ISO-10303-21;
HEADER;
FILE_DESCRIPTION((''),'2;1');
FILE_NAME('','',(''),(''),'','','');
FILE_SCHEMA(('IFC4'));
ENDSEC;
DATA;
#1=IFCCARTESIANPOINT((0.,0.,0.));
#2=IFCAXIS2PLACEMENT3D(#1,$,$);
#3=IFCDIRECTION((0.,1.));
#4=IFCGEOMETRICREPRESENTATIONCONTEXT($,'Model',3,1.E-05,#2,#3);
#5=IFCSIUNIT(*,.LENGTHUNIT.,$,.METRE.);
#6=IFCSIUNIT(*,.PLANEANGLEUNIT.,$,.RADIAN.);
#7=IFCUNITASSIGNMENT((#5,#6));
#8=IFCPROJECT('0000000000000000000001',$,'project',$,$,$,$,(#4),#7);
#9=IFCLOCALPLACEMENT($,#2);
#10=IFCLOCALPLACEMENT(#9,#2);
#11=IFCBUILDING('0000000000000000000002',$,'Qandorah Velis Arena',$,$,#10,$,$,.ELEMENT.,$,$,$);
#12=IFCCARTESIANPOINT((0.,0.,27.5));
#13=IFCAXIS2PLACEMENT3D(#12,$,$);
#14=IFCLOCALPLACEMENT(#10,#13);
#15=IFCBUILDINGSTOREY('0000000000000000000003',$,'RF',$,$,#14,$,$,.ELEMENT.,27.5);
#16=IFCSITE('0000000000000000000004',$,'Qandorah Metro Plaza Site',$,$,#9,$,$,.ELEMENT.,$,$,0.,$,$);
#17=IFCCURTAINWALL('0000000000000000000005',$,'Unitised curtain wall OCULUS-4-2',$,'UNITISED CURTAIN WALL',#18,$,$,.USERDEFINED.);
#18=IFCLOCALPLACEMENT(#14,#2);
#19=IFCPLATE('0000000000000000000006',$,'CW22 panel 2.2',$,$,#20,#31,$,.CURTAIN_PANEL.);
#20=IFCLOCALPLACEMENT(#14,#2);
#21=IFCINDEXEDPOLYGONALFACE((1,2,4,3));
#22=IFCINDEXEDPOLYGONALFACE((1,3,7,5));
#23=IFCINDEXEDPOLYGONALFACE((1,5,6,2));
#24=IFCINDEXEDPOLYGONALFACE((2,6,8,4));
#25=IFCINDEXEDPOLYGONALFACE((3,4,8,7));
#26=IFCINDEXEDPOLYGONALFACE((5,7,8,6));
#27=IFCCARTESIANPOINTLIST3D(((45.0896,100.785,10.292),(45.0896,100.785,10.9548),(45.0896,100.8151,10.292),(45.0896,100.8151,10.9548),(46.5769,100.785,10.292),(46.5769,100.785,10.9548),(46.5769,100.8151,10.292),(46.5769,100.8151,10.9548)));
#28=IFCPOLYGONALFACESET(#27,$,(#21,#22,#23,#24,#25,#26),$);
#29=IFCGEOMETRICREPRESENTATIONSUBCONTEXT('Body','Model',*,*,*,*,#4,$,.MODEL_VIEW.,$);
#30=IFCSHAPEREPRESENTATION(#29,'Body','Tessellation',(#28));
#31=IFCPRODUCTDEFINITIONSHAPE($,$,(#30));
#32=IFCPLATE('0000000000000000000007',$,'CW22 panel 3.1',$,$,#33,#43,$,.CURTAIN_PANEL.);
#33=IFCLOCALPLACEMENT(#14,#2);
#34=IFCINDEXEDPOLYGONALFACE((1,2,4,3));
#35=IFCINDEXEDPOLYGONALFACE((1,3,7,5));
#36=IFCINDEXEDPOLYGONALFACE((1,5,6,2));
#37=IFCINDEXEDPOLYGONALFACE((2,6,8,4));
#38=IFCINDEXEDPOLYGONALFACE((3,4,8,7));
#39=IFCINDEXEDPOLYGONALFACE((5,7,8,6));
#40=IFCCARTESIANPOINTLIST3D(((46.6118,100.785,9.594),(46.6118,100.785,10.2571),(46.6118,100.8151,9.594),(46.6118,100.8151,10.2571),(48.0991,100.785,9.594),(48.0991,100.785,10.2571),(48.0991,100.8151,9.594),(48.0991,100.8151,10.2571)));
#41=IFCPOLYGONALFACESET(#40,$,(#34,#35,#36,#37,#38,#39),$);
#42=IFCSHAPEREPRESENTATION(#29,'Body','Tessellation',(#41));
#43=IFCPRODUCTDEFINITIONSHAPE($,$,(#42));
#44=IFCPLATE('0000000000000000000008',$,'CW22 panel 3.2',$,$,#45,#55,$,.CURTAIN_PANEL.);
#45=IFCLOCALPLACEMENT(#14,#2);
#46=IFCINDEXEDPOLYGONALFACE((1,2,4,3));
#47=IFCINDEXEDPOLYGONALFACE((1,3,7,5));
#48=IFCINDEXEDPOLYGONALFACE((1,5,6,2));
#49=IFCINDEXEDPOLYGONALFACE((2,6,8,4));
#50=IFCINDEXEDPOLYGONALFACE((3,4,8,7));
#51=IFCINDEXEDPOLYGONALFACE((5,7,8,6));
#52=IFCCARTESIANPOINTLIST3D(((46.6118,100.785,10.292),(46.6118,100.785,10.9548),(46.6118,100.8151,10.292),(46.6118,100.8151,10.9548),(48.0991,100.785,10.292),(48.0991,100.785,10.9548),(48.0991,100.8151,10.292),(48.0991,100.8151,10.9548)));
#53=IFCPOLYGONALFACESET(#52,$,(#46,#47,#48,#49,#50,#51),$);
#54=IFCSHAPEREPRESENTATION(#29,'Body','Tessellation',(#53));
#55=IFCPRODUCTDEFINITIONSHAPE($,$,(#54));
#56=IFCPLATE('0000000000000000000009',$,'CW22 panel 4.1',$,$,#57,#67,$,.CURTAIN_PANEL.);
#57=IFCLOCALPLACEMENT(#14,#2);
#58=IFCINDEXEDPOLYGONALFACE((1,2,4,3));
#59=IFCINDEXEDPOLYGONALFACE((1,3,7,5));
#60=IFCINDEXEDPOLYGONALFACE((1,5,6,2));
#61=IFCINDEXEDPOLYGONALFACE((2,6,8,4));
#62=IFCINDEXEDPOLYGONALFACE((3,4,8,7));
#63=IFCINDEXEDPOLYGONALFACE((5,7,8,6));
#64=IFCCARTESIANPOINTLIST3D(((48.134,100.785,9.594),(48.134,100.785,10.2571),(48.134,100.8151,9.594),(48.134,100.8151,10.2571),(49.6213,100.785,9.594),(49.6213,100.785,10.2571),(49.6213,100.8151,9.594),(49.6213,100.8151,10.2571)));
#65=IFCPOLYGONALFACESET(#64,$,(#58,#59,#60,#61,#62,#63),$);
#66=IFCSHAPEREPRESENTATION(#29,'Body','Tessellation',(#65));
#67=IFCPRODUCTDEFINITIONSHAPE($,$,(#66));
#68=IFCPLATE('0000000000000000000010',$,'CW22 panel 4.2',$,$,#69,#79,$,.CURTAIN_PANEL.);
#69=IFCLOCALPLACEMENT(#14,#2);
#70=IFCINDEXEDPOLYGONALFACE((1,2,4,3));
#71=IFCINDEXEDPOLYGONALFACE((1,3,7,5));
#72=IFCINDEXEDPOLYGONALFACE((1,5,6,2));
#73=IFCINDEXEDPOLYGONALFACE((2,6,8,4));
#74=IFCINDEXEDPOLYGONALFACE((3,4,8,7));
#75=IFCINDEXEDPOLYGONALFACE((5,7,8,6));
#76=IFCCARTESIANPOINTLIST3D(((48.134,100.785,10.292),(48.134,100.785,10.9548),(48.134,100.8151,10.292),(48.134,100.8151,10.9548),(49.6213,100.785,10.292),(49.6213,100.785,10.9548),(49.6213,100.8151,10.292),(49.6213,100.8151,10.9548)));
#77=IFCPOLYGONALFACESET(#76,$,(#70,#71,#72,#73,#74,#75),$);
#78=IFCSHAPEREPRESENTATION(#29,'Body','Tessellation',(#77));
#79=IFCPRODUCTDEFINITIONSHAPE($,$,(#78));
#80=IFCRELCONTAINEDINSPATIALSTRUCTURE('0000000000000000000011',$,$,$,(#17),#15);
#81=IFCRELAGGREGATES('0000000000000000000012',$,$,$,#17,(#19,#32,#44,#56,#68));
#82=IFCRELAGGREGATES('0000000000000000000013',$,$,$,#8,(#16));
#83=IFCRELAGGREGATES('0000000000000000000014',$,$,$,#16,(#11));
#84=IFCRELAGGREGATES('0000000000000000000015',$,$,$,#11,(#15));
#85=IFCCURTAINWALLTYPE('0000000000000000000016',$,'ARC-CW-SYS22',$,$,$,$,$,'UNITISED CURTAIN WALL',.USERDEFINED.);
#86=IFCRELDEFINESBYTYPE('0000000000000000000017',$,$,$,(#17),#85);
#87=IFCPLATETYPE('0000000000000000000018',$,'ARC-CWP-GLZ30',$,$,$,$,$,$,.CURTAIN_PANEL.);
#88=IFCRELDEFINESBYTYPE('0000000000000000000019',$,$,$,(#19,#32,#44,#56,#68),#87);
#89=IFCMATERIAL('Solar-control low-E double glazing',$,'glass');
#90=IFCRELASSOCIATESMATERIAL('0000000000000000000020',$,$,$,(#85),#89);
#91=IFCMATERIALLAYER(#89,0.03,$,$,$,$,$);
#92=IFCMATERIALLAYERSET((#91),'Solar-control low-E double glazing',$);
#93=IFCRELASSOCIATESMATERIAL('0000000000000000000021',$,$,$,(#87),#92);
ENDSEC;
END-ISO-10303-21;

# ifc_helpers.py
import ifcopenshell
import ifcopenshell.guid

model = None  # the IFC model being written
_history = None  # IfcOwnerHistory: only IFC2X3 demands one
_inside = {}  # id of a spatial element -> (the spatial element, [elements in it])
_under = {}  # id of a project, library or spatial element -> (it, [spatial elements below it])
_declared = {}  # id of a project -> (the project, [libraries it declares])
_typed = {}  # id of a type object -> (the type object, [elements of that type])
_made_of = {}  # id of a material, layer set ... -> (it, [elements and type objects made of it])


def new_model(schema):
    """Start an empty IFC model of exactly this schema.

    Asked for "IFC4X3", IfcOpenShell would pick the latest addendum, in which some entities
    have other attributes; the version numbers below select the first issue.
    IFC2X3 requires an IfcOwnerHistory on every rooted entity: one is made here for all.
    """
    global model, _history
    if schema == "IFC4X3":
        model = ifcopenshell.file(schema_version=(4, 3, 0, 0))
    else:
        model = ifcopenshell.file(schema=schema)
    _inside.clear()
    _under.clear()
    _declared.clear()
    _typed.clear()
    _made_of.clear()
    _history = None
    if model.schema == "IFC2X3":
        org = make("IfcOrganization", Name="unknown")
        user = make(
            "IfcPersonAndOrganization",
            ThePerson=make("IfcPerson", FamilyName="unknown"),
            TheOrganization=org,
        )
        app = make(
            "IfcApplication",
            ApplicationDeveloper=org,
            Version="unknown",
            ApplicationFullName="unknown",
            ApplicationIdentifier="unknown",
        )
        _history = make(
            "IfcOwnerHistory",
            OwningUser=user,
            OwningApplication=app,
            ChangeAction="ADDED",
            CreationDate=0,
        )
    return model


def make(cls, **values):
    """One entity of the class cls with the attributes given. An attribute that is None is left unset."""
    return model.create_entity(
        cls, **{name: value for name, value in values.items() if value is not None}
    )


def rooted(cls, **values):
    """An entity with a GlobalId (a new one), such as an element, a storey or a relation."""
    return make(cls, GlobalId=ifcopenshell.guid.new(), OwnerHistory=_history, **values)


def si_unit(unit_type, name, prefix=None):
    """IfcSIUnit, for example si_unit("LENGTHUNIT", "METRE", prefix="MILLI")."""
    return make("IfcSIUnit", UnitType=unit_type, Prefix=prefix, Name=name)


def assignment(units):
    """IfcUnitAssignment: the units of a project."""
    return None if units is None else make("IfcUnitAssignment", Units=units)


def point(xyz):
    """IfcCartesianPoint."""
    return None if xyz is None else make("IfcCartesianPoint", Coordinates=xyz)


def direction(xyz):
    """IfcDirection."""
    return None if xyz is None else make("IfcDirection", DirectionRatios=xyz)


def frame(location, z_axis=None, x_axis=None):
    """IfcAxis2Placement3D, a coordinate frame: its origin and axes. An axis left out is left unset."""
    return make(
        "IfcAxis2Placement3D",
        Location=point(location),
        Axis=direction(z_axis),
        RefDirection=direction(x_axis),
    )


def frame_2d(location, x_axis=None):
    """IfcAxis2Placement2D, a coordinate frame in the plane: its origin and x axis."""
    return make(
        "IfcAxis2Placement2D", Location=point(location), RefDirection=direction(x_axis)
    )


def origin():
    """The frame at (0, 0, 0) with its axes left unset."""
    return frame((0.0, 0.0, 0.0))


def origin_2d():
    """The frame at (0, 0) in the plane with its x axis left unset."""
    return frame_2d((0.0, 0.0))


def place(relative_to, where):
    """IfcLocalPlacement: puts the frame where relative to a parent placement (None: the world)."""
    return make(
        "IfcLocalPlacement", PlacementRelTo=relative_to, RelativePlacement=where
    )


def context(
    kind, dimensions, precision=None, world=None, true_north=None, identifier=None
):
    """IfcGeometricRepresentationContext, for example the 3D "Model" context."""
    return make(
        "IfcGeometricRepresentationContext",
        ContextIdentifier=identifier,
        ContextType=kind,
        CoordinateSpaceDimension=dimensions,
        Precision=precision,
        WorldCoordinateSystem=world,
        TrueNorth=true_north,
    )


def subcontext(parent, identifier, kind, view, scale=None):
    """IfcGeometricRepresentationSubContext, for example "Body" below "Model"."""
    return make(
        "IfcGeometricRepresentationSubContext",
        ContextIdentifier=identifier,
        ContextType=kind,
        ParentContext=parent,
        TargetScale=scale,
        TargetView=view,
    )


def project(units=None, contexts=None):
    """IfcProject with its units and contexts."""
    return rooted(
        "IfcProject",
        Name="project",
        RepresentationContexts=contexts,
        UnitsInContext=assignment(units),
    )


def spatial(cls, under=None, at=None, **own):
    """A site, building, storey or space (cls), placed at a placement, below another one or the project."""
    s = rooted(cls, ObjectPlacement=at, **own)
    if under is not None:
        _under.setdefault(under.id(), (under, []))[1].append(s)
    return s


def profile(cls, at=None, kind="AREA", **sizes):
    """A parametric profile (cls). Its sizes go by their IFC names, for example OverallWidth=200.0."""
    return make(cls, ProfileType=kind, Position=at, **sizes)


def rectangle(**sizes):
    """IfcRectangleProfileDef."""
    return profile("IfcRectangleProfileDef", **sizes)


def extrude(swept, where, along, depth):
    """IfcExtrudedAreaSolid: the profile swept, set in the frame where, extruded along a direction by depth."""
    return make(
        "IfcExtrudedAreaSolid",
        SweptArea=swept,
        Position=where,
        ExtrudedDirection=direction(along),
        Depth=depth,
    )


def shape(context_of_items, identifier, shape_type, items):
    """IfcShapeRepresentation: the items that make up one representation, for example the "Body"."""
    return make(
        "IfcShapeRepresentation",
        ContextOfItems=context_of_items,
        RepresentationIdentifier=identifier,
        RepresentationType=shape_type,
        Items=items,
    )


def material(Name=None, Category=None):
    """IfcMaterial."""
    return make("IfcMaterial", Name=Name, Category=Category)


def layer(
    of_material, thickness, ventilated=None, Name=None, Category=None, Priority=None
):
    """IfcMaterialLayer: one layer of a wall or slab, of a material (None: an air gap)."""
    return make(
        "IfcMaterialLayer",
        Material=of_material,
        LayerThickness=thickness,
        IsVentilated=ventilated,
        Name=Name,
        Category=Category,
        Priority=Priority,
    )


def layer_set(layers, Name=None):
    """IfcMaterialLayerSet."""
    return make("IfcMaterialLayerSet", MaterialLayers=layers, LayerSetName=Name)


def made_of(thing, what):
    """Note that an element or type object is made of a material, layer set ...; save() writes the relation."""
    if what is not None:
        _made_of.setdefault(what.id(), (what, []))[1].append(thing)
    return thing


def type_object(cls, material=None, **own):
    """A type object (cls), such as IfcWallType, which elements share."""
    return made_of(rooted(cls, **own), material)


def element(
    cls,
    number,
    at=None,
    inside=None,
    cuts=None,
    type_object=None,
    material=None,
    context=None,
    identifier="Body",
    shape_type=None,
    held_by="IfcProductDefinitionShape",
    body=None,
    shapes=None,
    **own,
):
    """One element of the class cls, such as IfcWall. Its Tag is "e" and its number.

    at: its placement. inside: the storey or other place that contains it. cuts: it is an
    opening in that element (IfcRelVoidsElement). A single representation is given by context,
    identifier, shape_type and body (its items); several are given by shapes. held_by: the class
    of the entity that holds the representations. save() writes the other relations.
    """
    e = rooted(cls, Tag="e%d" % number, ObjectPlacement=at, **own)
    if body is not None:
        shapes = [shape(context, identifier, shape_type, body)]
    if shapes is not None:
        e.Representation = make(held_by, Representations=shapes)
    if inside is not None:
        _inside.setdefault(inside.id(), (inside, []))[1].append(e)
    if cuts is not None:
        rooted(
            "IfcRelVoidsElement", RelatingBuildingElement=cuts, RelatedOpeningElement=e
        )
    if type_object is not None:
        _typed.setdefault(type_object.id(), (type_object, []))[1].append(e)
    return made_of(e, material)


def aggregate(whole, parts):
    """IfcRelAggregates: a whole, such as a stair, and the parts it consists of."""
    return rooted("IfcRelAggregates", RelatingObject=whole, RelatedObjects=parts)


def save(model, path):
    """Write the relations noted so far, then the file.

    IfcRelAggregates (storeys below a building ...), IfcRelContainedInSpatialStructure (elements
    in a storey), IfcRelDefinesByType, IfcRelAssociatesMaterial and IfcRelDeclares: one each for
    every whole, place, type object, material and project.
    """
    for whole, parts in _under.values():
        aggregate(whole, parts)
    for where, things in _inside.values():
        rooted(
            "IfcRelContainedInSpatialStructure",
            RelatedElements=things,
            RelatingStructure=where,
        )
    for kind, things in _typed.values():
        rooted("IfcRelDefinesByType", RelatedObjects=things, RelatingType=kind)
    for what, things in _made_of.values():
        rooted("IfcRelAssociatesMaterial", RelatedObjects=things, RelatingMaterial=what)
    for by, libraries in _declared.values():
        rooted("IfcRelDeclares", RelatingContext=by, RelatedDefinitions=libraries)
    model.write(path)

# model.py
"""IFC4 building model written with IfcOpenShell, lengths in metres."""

from ifc_helpers import new_model, si_unit, direction, frame, origin, origin_2d, place, context, subcontext, project, spatial, rectangle, extrude, material, layer, layer_set, type_object, element, aggregate, save


model = new_model("IFC4")

# Units and contexts
model_context = context("Model", 3, precision=1e-05, world=origin(), true_north=direction((0.0, 1.0)))
body_context = subcontext(model_context, "Body", "Model", "MODEL_VIEW")
ifc_project = project(units=[si_unit("LENGTHUNIT", "METRE"), si_unit("PLANEANGLEUNIT", "RADIAN")], contexts=[model_context])

# Site, building, storey
site_placement = place(None, origin())
site = spatial("IfcSite", under=ifc_project, at=site_placement, Name="Qandorah Metro Plaza Site", CompositionType="ELEMENT", RefElevation=0.0)
building_placement = place(site_placement, origin())
building = spatial("IfcBuilding", under=site, at=building_placement, Name="Qandorah Velis Arena", CompositionType="ELEMENT")
storey_placement = place(building_placement, frame((0.0, 0.0, 27.5)))
storey = spatial("IfcBuildingStorey", under=building, at=storey_placement, Name="RF", CompositionType="ELEMENT", Elevation=27.5)

# Curtain wall
ifc_material_1 = material(Name="Solar-control low-E double glazing", Category="glass")
curtain_wall_type_1 = type_object("IfcCurtainWallType", Name="ARC-CW-SYS22", ElementType="UNITISED CURTAIN WALL", PredefinedType="USERDEFINED", material=ifc_material_1)
curtain_wall_1_placement = place(storey_placement, origin())
curtain_wall_1 = element("IfcCurtainWall", 1, at=curtain_wall_1_placement, inside=storey, type_object=curtain_wall_type_1, Name="Unitised curtain wall OCULUS-4-2", ObjectType="UNITISED CURTAIN WALL", PredefinedType="USERDEFINED")

# Plates
ifc_layer = layer(ifc_material_1, 0.03)
ifc_layer_set = layer_set([ifc_layer], Name="Solar-control low-E double glazing")
plate_type = type_object("IfcPlateType", Name="ARC-CWP-GLZ30", PredefinedType="CURTAIN_PANEL", material=ifc_layer_set)
plate_1_placement = place(storey_placement, frame((45.8333, 100.8, 10.292), z_axis=(0.0, 0.0, 1.0), x_axis=(1.0, 0.0, 0.0)))
plate_1 = element("IfcPlate", 2, at=plate_1_placement, type_object=plate_type, Name="CW22 panel 2.2", PredefinedType="CURTAIN_PANEL", context=body_context, shape_type="SweptSolid", body=[
    extrude(rectangle(XDim=1.4873, YDim=0.03, at=origin_2d()), origin(), (0.0, 0.0, 1.0), 0.6628),
])
plate_2_placement = place(storey_placement, frame((47.3555, 100.8, 9.594), z_axis=(0.0, 0.0, 1.0), x_axis=(1.0, 0.0, 0.0)))
plate_2 = element("IfcPlate", 3, at=plate_2_placement, type_object=plate_type, Name="CW22 panel 3.1", PredefinedType="CURTAIN_PANEL", context=body_context, shape_type="SweptSolid", body=[
    extrude(rectangle(XDim=1.4873, YDim=0.03, at=origin_2d()), origin(), (0.0, 0.0, 1.0), 0.6631),
])
plate_3_placement = place(storey_placement, frame((47.3555, 100.8, 10.292), z_axis=(0.0, 0.0, 1.0), x_axis=(1.0, 0.0, 0.0)))
plate_3 = element("IfcPlate", 4, at=plate_3_placement, type_object=plate_type, Name="CW22 panel 3.2", PredefinedType="CURTAIN_PANEL", context=body_context, shape_type="SweptSolid", body=[
    extrude(rectangle(XDim=1.4873, YDim=0.03, at=origin_2d()), origin(), (0.0, 0.0, 1.0), 0.6628),
])
plate_4_placement = place(storey_placement, frame((48.8777, 100.8, 9.594), z_axis=(0.0, 0.0, 1.0), x_axis=(1.0, 0.0, 0.0)))
plate_4 = element("IfcPlate", 5, at=plate_4_placement, type_object=plate_type, Name="CW22 panel 4.1", PredefinedType="CURTAIN_PANEL", context=body_context, shape_type="SweptSolid", body=[
    extrude(rectangle(XDim=1.4873, YDim=0.03, at=origin_2d()), origin(), (0.0, 0.0, 1.0), 0.6631),
])
plate_5_placement = place(storey_placement, frame((48.8777, 100.8, 10.292), z_axis=(0.0, 0.0, 1.0), x_axis=(1.0, 0.0, 0.0)))
plate_5 = element("IfcPlate", 6, at=plate_5_placement, type_object=plate_type, Name="CW22 panel 4.2", PredefinedType="CURTAIN_PANEL", context=body_context, shape_type="SweptSolid", body=[
    extrude(rectangle(XDim=1.4873, YDim=0.03, at=origin_2d()), origin(), (0.0, 0.0, 1.0), 0.6628),
])
aggregate(curtain_wall_1, [plate_1, plate_2, plate_3, plate_4, plate_5])

save(model, "model.ifc")
